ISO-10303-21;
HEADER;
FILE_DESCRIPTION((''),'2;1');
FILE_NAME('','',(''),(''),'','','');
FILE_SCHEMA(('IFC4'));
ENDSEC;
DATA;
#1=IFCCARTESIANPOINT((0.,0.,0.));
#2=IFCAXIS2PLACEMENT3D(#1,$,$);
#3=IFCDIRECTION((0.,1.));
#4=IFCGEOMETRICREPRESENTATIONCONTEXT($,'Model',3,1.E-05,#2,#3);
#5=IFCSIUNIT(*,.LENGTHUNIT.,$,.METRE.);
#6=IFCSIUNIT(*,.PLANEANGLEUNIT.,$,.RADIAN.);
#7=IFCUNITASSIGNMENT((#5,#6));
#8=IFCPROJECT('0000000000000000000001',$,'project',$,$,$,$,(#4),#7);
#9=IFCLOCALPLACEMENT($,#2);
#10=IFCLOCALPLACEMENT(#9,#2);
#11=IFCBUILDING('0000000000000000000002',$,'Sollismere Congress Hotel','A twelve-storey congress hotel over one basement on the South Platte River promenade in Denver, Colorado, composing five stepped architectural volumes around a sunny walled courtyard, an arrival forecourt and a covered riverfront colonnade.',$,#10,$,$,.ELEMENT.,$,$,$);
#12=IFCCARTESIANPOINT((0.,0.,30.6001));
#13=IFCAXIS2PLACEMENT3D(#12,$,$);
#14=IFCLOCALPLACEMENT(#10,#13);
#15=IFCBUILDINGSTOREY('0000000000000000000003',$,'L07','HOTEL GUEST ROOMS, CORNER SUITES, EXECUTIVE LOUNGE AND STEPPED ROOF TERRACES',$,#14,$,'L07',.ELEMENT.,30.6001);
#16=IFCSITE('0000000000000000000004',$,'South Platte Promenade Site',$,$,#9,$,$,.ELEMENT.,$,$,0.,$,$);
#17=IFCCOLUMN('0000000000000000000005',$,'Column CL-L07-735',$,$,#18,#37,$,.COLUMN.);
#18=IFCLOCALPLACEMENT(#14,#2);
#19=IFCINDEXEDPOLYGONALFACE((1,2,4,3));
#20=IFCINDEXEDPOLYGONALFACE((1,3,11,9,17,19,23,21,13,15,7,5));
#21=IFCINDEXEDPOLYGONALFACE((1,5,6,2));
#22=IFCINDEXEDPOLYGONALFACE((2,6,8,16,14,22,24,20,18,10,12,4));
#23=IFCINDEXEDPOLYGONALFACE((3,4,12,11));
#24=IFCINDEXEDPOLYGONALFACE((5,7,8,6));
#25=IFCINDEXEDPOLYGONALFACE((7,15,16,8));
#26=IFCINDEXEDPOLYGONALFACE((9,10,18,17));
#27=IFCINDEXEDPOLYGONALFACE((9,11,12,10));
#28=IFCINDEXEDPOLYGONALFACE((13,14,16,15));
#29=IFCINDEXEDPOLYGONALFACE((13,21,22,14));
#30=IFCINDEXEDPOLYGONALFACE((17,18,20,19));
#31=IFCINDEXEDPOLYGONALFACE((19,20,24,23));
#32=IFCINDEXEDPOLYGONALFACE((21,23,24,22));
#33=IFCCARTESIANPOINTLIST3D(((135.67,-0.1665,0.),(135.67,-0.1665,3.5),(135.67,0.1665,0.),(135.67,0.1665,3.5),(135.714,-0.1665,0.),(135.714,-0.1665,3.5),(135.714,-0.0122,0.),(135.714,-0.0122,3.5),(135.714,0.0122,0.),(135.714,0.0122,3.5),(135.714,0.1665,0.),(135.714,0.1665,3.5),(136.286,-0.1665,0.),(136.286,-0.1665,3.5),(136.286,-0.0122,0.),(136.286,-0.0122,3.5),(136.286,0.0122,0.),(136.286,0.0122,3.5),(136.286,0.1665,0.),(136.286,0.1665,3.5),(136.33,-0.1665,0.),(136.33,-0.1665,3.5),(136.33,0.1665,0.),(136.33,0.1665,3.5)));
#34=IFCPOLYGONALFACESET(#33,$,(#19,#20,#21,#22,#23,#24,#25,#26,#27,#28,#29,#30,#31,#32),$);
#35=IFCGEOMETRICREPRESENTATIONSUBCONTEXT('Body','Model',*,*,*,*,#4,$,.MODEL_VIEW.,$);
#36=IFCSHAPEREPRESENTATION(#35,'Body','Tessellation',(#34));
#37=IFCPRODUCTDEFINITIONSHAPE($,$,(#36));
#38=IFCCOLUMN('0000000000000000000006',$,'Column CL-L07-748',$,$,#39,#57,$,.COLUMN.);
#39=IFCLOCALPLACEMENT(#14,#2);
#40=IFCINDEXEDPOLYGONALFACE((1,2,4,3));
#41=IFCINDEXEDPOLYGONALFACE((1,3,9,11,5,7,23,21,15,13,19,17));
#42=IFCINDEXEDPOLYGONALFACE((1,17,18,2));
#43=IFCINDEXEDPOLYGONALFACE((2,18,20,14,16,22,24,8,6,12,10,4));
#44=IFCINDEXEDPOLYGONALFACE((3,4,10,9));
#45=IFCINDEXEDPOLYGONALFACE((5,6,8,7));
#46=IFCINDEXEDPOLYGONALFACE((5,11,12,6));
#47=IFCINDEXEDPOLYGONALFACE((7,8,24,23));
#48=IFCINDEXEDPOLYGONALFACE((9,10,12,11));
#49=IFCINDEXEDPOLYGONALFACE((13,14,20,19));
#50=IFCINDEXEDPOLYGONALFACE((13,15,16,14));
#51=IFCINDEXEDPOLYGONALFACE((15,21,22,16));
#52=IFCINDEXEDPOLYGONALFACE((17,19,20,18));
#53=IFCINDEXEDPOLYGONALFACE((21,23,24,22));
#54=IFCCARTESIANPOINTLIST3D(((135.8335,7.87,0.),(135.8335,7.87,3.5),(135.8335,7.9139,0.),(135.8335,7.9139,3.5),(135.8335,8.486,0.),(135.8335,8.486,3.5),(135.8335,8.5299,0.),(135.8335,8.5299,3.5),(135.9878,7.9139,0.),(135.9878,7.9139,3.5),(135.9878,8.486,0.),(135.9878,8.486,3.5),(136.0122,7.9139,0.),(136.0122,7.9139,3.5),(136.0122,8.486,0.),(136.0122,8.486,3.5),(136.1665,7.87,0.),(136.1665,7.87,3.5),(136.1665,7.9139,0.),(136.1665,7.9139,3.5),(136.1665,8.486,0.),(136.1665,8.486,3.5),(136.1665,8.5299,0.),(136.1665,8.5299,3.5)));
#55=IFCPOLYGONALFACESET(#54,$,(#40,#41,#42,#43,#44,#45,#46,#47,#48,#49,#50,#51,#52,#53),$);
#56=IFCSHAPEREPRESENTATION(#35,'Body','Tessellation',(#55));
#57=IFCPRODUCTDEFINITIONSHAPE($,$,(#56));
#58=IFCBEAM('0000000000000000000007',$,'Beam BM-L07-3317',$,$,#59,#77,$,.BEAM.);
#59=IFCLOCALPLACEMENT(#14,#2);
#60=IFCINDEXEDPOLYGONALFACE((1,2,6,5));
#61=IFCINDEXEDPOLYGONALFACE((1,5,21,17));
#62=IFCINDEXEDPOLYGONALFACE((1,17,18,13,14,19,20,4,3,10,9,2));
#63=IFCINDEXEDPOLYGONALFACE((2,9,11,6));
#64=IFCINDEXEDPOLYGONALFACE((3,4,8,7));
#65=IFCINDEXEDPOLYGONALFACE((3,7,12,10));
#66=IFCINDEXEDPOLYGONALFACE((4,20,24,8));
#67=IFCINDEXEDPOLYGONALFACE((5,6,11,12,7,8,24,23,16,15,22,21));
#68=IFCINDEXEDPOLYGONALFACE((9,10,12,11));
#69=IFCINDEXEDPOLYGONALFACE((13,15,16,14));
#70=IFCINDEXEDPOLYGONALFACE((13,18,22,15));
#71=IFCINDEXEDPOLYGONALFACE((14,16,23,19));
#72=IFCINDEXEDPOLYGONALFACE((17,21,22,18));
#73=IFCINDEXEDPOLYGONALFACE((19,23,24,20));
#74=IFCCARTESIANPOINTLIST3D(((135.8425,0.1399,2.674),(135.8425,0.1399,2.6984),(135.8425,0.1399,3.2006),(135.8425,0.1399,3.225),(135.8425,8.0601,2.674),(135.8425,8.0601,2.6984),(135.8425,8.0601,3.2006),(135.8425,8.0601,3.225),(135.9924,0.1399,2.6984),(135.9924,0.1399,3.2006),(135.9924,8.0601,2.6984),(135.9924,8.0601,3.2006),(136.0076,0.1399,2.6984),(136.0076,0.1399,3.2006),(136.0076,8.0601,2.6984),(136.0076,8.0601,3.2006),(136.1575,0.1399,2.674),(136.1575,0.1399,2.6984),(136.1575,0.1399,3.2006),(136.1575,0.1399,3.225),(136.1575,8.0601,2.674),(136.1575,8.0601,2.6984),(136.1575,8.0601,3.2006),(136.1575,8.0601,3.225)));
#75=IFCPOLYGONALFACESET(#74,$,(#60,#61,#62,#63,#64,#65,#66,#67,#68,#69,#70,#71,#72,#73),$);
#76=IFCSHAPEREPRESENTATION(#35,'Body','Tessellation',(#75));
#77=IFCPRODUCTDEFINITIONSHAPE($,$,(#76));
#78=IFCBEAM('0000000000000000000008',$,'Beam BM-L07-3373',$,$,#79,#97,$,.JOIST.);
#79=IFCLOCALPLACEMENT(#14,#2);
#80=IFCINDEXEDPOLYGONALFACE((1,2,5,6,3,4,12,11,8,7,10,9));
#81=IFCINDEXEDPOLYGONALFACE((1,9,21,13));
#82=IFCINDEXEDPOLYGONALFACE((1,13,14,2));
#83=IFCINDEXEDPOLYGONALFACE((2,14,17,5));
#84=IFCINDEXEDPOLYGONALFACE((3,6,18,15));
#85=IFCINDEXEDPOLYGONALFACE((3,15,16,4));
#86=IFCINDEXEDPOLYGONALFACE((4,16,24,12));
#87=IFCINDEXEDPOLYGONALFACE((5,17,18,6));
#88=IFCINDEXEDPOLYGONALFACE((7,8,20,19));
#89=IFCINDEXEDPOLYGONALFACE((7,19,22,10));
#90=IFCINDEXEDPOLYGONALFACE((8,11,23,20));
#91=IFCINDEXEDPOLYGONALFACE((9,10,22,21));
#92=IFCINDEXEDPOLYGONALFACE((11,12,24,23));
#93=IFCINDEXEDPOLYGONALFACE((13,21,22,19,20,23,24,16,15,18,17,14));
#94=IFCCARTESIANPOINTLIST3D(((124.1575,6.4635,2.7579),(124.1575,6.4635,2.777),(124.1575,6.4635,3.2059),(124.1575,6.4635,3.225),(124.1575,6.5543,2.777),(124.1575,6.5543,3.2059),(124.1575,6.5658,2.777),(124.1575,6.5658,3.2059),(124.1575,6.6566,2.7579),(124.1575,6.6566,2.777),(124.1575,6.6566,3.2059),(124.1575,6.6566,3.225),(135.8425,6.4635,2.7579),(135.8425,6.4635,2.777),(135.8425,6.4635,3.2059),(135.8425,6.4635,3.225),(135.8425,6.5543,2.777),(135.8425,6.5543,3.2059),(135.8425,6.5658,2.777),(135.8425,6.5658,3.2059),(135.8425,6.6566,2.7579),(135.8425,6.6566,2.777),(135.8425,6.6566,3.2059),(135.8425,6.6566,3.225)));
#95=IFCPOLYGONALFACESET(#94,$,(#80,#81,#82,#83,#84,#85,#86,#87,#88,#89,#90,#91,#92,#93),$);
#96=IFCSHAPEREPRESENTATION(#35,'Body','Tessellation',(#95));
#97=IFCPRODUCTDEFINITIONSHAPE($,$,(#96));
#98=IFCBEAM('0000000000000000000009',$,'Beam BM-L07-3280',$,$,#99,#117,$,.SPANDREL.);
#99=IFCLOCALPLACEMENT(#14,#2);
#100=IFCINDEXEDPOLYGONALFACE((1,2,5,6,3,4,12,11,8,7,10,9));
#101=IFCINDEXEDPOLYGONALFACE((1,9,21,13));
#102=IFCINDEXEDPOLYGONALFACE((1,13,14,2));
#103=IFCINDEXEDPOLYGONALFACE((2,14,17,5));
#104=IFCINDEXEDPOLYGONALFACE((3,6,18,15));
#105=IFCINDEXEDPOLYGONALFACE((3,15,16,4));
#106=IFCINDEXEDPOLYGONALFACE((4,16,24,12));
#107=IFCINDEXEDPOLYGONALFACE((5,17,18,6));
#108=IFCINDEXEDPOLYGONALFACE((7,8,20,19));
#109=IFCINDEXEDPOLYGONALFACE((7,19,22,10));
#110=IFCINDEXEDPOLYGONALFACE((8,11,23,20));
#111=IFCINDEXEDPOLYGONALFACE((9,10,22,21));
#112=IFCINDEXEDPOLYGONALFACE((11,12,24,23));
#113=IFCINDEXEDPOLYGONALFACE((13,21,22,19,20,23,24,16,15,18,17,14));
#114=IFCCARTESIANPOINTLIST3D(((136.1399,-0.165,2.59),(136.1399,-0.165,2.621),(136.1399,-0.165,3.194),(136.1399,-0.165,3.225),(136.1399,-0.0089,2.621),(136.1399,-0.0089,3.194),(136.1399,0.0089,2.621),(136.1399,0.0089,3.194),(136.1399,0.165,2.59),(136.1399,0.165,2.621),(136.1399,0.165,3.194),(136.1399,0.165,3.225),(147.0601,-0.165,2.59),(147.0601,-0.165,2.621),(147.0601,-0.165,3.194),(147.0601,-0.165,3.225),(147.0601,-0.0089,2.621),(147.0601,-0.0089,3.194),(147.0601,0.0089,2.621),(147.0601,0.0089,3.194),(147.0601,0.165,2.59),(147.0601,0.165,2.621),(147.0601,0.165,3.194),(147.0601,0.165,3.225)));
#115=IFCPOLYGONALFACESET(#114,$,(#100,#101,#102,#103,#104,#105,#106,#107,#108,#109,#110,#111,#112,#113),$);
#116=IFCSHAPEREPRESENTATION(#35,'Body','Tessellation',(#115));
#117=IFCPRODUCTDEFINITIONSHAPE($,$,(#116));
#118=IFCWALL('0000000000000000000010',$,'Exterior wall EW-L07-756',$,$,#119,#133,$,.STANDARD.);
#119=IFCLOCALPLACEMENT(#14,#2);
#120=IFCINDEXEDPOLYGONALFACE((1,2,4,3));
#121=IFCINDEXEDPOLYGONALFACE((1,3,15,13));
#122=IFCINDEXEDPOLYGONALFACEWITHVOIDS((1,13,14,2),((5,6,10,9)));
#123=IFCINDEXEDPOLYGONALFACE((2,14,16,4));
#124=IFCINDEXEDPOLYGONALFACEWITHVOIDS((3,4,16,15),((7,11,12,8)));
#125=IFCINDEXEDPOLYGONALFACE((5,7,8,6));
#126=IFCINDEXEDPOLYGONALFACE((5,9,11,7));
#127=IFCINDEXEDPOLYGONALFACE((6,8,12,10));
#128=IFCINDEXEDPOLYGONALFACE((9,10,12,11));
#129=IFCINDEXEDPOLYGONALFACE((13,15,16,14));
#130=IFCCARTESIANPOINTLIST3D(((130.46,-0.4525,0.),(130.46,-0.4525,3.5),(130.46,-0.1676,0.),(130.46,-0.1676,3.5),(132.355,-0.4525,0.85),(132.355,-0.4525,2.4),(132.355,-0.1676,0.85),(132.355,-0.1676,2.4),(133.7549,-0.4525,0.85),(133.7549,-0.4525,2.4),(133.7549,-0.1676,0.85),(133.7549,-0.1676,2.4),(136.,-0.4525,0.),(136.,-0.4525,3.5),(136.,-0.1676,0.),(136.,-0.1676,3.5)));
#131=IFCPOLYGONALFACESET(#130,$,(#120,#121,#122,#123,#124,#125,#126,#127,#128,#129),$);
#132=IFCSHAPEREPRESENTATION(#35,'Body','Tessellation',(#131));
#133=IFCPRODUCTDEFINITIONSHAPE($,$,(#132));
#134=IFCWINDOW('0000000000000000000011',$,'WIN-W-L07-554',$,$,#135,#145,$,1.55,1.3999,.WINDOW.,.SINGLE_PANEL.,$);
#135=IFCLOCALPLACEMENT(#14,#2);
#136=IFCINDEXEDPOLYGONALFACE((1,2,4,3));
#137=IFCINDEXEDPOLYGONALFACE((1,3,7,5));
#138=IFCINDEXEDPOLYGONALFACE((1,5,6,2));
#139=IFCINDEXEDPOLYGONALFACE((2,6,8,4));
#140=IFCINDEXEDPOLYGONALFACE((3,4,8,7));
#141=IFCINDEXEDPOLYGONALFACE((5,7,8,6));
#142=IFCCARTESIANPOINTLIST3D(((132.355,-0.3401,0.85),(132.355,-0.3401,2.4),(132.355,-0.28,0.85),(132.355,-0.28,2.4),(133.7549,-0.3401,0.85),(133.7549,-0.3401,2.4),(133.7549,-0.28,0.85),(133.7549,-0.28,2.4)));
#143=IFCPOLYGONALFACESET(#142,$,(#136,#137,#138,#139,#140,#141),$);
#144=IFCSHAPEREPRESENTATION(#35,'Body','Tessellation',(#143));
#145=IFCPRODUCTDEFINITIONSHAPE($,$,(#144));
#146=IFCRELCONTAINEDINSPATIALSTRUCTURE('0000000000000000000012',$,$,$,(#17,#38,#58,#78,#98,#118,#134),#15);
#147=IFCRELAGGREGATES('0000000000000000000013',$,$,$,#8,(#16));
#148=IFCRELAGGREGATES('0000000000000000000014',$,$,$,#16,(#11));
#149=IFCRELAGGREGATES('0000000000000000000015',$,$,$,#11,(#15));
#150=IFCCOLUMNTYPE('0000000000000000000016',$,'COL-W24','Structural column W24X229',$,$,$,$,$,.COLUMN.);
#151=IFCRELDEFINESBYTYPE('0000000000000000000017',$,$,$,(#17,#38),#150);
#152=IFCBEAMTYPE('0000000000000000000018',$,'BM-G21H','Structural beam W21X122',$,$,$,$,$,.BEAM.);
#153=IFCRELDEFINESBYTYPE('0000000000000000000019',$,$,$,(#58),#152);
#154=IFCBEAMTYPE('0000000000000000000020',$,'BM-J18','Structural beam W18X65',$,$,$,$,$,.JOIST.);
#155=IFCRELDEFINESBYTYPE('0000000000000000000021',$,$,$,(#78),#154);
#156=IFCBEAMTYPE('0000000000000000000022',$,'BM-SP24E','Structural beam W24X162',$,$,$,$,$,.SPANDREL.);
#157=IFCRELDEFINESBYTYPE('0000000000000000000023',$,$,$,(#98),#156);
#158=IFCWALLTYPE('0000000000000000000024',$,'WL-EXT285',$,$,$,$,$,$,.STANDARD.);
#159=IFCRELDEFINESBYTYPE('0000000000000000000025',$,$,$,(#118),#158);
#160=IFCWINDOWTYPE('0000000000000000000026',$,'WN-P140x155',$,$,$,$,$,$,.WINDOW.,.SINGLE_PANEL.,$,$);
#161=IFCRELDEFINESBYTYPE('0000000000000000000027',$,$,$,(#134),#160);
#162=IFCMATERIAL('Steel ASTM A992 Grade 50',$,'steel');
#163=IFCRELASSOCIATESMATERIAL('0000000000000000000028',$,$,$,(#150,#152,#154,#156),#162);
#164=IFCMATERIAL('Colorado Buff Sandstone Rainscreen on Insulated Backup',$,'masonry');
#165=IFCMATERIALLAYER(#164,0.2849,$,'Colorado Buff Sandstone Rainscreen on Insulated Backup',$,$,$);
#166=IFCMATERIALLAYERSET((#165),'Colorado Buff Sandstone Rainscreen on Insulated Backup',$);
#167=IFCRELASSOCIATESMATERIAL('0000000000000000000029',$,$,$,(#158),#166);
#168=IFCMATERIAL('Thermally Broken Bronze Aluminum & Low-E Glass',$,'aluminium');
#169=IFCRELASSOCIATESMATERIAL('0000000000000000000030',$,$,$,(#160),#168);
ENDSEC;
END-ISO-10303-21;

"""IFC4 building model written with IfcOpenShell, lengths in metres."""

from ifc_helpers import new_model, si_unit, direction, frame, frame_2d, origin, origin_2d, place, context, subcontext, project, spatial, rectangle, i_section, extrude, material, layer, layer_set, material_profile, profile_set, type_object, element, fill, save


model = new_model("IFC4")

# Units and contexts
model_context = context("Model", 3, precision=1e-05, world=origin(), true_north=direction((0.0, 1.0)))
body_context = subcontext(model_context, "Body", "Model", "MODEL_VIEW")
ifc_project = project(units=[si_unit("LENGTHUNIT", "METRE"), si_unit("PLANEANGLEUNIT", "RADIAN")], contexts=[model_context])

# Site, building, storey
site_placement = place(None, origin())
site = spatial("IfcSite", under=ifc_project, at=site_placement, Name="South Platte Promenade Site", CompositionType="ELEMENT", RefElevation=0.0)
building_placement = place(site_placement, origin())
building = spatial("IfcBuilding", under=site, at=building_placement, Name="Sollismere Congress Hotel", Description="A twelve-storey congress hotel over one basement on the South Platte River promenade in Denver, Colorado, composing five stepped architectural volumes around a sunny walled courtyard, an arrival forecourt and a covered riverfront colonnade.", CompositionType="ELEMENT")
storey_placement = place(building_placement, frame((0.0, 0.0, 30.6001)))
storey = spatial("IfcBuildingStorey", under=building, at=storey_placement, Name="L07", Description="HOTEL GUEST ROOMS, CORNER SUITES, EXECUTIVE LOUNGE AND STEPPED ROOF TERRACES", LongName="L07", CompositionType="ELEMENT", Elevation=30.6001)

# Columns
ifc_material_1 = material(Name="Steel ASTM A992 Grade 50", Category="steel")
ifc_material_profile_1 = material_profile(ifc_material_1, i_section(OverallWidth=0.333, OverallDepth=0.6599, WebThickness=0.0244, FlangeThickness=0.0439, at=origin_2d()), Name="W24X229")
ifc_profile_set_1 = profile_set([ifc_material_profile_1], Name="Steel ASTM A992 Grade 50")
column_type = type_object("IfcColumnType", Name="COL-W24", Description="Structural column W24X229", PredefinedType="COLUMN", material=ifc_profile_set_1)
for number, where, z_axis, x_axis, name in (
    (1, (136.0, 0.0, 0.0), (0.0, 0.0, 1.0), (0.0, 1.0, 0.0), "Column CL-L07-735"),
    (2, (136.0, 8.2, 0.0), (0.0, 0.0, 1.0), (1.0, 0.0, 0.0), "Column CL-L07-748"),
):
    element("IfcColumn", number, at=place(storey_placement, frame(where, z_axis=z_axis, x_axis=x_axis)), inside=storey, type_object=column_type, Name=name, PredefinedType="COLUMN", context=body_context, shape_type="SweptSolid", body=[
        extrude(i_section(OverallWidth=0.333, OverallDepth=0.6599, WebThickness=0.0244, FlangeThickness=0.0439, at=origin_2d()), origin(), (0.0, 0.0, 1.0), 3.5),
    ])

# Beams
ifc_material_profile_2 = material_profile(ifc_material_1, i_section(OverallWidth=0.3149, OverallDepth=0.551, WebThickness=0.0151, FlangeThickness=0.0244, at=origin_2d()), Name="W21X122")
ifc_profile_set_2 = profile_set([ifc_material_profile_2], Name="Steel ASTM A992 Grade 50")
beam_type_1 = type_object("IfcBeamType", Name="BM-G21H", Description="Structural beam W21X122", PredefinedType="BEAM", material=ifc_profile_set_2)
beam_1_placement = place(storey_placement, frame((136.0, 0.1399, 2.9495), z_axis=(0.0, 1.0, 0.0), x_axis=(-1.0, 0.0, 0.0)))
element("IfcBeam", 3, at=beam_1_placement, inside=storey, type_object=beam_type_1, Name="Beam BM-L07-3317", PredefinedType="BEAM", context=body_context, shape_type="SweptSolid", body=[
    extrude(i_section(OverallWidth=0.3149, OverallDepth=0.551, WebThickness=0.0151, FlangeThickness=0.0244, at=origin_2d()), origin(), (0.0, 0.0, 1.0), 7.9202),
])
ifc_material_profile_3 = material_profile(ifc_material_1, i_section(OverallWidth=0.1931, OverallDepth=0.467, WebThickness=0.0115, FlangeThickness=0.019, at=origin_2d()), Name="W18X65")
ifc_profile_set_3 = profile_set([ifc_material_profile_3], Name="Steel ASTM A992 Grade 50")
beam_type_2 = type_object("IfcBeamType", Name="BM-J18", Description="Structural beam W18X65", PredefinedType="JOIST", material=ifc_profile_set_3)
beam_2_placement = place(storey_placement, frame((124.1575, 6.5601, 2.9915), z_axis=(1.0, 0.0, 0.0), x_axis=(0.0, 1.0, 0.0)))
element("IfcBeam", 4, at=beam_2_placement, inside=storey, type_object=beam_type_2, Name="Beam BM-L07-3373", PredefinedType="JOIST", context=body_context, shape_type="SweptSolid", body=[
    extrude(i_section(OverallWidth=0.1931, OverallDepth=0.467, WebThickness=0.0115, FlangeThickness=0.019, at=origin_2d()), origin(), (0.0, 0.0, 1.0), 11.6851),
])
ifc_material_profile_4 = material_profile(ifc_material_1, i_section(OverallWidth=0.3301, OverallDepth=0.635, WebThickness=0.0178, FlangeThickness=0.031, at=origin_2d()), Name="W24X162")
ifc_profile_set_4 = profile_set([ifc_material_profile_4], Name="Steel ASTM A992 Grade 50")
beam_type_3 = type_object("IfcBeamType", Name="BM-SP24E", Description="Structural beam W24X162", PredefinedType="SPANDREL", material=ifc_profile_set_4)
beam_3_placement = place(storey_placement, frame((136.1399, 0.0, 2.9075), z_axis=(1.0, 0.0, 0.0), x_axis=(0.0, 1.0, 0.0)))
element("IfcBeam", 5, at=beam_3_placement, inside=storey, type_object=beam_type_3, Name="Beam BM-L07-3280", PredefinedType="SPANDREL", context=body_context, shape_type="SweptSolid", body=[
    extrude(i_section(OverallWidth=0.3301, OverallDepth=0.635, WebThickness=0.0178, FlangeThickness=0.031, at=origin_2d()), origin(), (0.0, 0.0, 1.0), 10.9202),
])

# Wall, opening, window
ifc_material_2 = material(Name="Colorado Buff Sandstone Rainscreen on Insulated Backup", Category="masonry")
ifc_layer_1 = layer(ifc_material_2, 0.2849, Name="Colorado Buff Sandstone Rainscreen on Insulated Backup")
ifc_layer_set_1 = layer_set([ifc_layer_1], Name="Colorado Buff Sandstone Rainscreen on Insulated Backup")
wall_type_1 = type_object("IfcWallType", Name="WL-EXT285", PredefinedType="STANDARD", material=ifc_layer_set_1)
wall_1_placement = place(storey_placement, frame((130.46, -0.3101, 0.0), z_axis=(0.0, 0.0, 1.0), x_axis=(1.0, 0.0, 0.0)))
wall_1 = element("IfcWall", 6, at=wall_1_placement, inside=storey, type_object=wall_type_1, Name="Exterior wall EW-L07-756", PredefinedType="STANDARD", context=body_context, shape_type="SweptSolid", body=[
    extrude(rectangle(XDim=5.54, YDim=0.2849, at=frame_2d((2.77, 0.0))), origin(), (0.0, 0.0, 1.0), 3.5),
])
opening_1_placement = place(wall_1_placement, frame((1.895, 0.0, 0.8501)))
opening_1 = element("IfcOpeningElement", 7, at=opening_1_placement, cuts=wall_1, PredefinedType="OPENING", context=body_context, shape_type="SweptSolid", body=[
    extrude(rectangle(XDim=1.3999, YDim=1.55, at=frame_2d((0.7, 0.7749))), frame((0.0, 0.1523, 0.0), z_axis=(0.0, -1.0, 0.0), x_axis=(1.0, 0.0, 0.0)), (0.0, 0.0, 1.0), 0.3049),
])
ifc_material_3 = material(Name="Thermally Broken Bronze Aluminum & Low-E Glass", Category="aluminium")
window_type_1 = type_object("IfcWindowType", Name="WN-P140x155", PartitioningType="SINGLE_PANEL", PredefinedType="WINDOW", material=ifc_material_3)
window_1_placement = place(opening_1_placement, origin())
window_1 = element("IfcWindow", 8, at=window_1_placement, inside=storey, type_object=window_type_1, Name="WIN-W-L07-554", OverallHeight=1.55, OverallWidth=1.3999, PartitioningType="SINGLE_PANEL", PredefinedType="WINDOW", context=body_context, shape_type="SweptSolid", body=[
    extrude(rectangle(XDim=1.3999, YDim=1.55, at=frame_2d((0.7, 0.7749))), frame((0.0, 0.03, 0.0), z_axis=(0.0, -1.0, 0.0), x_axis=(1.0, 0.0, 0.0)), (0.0, 0.0, 1.0), 0.0601),
])
fill(opening_1, window_1)

save(model, "model.ifc")
